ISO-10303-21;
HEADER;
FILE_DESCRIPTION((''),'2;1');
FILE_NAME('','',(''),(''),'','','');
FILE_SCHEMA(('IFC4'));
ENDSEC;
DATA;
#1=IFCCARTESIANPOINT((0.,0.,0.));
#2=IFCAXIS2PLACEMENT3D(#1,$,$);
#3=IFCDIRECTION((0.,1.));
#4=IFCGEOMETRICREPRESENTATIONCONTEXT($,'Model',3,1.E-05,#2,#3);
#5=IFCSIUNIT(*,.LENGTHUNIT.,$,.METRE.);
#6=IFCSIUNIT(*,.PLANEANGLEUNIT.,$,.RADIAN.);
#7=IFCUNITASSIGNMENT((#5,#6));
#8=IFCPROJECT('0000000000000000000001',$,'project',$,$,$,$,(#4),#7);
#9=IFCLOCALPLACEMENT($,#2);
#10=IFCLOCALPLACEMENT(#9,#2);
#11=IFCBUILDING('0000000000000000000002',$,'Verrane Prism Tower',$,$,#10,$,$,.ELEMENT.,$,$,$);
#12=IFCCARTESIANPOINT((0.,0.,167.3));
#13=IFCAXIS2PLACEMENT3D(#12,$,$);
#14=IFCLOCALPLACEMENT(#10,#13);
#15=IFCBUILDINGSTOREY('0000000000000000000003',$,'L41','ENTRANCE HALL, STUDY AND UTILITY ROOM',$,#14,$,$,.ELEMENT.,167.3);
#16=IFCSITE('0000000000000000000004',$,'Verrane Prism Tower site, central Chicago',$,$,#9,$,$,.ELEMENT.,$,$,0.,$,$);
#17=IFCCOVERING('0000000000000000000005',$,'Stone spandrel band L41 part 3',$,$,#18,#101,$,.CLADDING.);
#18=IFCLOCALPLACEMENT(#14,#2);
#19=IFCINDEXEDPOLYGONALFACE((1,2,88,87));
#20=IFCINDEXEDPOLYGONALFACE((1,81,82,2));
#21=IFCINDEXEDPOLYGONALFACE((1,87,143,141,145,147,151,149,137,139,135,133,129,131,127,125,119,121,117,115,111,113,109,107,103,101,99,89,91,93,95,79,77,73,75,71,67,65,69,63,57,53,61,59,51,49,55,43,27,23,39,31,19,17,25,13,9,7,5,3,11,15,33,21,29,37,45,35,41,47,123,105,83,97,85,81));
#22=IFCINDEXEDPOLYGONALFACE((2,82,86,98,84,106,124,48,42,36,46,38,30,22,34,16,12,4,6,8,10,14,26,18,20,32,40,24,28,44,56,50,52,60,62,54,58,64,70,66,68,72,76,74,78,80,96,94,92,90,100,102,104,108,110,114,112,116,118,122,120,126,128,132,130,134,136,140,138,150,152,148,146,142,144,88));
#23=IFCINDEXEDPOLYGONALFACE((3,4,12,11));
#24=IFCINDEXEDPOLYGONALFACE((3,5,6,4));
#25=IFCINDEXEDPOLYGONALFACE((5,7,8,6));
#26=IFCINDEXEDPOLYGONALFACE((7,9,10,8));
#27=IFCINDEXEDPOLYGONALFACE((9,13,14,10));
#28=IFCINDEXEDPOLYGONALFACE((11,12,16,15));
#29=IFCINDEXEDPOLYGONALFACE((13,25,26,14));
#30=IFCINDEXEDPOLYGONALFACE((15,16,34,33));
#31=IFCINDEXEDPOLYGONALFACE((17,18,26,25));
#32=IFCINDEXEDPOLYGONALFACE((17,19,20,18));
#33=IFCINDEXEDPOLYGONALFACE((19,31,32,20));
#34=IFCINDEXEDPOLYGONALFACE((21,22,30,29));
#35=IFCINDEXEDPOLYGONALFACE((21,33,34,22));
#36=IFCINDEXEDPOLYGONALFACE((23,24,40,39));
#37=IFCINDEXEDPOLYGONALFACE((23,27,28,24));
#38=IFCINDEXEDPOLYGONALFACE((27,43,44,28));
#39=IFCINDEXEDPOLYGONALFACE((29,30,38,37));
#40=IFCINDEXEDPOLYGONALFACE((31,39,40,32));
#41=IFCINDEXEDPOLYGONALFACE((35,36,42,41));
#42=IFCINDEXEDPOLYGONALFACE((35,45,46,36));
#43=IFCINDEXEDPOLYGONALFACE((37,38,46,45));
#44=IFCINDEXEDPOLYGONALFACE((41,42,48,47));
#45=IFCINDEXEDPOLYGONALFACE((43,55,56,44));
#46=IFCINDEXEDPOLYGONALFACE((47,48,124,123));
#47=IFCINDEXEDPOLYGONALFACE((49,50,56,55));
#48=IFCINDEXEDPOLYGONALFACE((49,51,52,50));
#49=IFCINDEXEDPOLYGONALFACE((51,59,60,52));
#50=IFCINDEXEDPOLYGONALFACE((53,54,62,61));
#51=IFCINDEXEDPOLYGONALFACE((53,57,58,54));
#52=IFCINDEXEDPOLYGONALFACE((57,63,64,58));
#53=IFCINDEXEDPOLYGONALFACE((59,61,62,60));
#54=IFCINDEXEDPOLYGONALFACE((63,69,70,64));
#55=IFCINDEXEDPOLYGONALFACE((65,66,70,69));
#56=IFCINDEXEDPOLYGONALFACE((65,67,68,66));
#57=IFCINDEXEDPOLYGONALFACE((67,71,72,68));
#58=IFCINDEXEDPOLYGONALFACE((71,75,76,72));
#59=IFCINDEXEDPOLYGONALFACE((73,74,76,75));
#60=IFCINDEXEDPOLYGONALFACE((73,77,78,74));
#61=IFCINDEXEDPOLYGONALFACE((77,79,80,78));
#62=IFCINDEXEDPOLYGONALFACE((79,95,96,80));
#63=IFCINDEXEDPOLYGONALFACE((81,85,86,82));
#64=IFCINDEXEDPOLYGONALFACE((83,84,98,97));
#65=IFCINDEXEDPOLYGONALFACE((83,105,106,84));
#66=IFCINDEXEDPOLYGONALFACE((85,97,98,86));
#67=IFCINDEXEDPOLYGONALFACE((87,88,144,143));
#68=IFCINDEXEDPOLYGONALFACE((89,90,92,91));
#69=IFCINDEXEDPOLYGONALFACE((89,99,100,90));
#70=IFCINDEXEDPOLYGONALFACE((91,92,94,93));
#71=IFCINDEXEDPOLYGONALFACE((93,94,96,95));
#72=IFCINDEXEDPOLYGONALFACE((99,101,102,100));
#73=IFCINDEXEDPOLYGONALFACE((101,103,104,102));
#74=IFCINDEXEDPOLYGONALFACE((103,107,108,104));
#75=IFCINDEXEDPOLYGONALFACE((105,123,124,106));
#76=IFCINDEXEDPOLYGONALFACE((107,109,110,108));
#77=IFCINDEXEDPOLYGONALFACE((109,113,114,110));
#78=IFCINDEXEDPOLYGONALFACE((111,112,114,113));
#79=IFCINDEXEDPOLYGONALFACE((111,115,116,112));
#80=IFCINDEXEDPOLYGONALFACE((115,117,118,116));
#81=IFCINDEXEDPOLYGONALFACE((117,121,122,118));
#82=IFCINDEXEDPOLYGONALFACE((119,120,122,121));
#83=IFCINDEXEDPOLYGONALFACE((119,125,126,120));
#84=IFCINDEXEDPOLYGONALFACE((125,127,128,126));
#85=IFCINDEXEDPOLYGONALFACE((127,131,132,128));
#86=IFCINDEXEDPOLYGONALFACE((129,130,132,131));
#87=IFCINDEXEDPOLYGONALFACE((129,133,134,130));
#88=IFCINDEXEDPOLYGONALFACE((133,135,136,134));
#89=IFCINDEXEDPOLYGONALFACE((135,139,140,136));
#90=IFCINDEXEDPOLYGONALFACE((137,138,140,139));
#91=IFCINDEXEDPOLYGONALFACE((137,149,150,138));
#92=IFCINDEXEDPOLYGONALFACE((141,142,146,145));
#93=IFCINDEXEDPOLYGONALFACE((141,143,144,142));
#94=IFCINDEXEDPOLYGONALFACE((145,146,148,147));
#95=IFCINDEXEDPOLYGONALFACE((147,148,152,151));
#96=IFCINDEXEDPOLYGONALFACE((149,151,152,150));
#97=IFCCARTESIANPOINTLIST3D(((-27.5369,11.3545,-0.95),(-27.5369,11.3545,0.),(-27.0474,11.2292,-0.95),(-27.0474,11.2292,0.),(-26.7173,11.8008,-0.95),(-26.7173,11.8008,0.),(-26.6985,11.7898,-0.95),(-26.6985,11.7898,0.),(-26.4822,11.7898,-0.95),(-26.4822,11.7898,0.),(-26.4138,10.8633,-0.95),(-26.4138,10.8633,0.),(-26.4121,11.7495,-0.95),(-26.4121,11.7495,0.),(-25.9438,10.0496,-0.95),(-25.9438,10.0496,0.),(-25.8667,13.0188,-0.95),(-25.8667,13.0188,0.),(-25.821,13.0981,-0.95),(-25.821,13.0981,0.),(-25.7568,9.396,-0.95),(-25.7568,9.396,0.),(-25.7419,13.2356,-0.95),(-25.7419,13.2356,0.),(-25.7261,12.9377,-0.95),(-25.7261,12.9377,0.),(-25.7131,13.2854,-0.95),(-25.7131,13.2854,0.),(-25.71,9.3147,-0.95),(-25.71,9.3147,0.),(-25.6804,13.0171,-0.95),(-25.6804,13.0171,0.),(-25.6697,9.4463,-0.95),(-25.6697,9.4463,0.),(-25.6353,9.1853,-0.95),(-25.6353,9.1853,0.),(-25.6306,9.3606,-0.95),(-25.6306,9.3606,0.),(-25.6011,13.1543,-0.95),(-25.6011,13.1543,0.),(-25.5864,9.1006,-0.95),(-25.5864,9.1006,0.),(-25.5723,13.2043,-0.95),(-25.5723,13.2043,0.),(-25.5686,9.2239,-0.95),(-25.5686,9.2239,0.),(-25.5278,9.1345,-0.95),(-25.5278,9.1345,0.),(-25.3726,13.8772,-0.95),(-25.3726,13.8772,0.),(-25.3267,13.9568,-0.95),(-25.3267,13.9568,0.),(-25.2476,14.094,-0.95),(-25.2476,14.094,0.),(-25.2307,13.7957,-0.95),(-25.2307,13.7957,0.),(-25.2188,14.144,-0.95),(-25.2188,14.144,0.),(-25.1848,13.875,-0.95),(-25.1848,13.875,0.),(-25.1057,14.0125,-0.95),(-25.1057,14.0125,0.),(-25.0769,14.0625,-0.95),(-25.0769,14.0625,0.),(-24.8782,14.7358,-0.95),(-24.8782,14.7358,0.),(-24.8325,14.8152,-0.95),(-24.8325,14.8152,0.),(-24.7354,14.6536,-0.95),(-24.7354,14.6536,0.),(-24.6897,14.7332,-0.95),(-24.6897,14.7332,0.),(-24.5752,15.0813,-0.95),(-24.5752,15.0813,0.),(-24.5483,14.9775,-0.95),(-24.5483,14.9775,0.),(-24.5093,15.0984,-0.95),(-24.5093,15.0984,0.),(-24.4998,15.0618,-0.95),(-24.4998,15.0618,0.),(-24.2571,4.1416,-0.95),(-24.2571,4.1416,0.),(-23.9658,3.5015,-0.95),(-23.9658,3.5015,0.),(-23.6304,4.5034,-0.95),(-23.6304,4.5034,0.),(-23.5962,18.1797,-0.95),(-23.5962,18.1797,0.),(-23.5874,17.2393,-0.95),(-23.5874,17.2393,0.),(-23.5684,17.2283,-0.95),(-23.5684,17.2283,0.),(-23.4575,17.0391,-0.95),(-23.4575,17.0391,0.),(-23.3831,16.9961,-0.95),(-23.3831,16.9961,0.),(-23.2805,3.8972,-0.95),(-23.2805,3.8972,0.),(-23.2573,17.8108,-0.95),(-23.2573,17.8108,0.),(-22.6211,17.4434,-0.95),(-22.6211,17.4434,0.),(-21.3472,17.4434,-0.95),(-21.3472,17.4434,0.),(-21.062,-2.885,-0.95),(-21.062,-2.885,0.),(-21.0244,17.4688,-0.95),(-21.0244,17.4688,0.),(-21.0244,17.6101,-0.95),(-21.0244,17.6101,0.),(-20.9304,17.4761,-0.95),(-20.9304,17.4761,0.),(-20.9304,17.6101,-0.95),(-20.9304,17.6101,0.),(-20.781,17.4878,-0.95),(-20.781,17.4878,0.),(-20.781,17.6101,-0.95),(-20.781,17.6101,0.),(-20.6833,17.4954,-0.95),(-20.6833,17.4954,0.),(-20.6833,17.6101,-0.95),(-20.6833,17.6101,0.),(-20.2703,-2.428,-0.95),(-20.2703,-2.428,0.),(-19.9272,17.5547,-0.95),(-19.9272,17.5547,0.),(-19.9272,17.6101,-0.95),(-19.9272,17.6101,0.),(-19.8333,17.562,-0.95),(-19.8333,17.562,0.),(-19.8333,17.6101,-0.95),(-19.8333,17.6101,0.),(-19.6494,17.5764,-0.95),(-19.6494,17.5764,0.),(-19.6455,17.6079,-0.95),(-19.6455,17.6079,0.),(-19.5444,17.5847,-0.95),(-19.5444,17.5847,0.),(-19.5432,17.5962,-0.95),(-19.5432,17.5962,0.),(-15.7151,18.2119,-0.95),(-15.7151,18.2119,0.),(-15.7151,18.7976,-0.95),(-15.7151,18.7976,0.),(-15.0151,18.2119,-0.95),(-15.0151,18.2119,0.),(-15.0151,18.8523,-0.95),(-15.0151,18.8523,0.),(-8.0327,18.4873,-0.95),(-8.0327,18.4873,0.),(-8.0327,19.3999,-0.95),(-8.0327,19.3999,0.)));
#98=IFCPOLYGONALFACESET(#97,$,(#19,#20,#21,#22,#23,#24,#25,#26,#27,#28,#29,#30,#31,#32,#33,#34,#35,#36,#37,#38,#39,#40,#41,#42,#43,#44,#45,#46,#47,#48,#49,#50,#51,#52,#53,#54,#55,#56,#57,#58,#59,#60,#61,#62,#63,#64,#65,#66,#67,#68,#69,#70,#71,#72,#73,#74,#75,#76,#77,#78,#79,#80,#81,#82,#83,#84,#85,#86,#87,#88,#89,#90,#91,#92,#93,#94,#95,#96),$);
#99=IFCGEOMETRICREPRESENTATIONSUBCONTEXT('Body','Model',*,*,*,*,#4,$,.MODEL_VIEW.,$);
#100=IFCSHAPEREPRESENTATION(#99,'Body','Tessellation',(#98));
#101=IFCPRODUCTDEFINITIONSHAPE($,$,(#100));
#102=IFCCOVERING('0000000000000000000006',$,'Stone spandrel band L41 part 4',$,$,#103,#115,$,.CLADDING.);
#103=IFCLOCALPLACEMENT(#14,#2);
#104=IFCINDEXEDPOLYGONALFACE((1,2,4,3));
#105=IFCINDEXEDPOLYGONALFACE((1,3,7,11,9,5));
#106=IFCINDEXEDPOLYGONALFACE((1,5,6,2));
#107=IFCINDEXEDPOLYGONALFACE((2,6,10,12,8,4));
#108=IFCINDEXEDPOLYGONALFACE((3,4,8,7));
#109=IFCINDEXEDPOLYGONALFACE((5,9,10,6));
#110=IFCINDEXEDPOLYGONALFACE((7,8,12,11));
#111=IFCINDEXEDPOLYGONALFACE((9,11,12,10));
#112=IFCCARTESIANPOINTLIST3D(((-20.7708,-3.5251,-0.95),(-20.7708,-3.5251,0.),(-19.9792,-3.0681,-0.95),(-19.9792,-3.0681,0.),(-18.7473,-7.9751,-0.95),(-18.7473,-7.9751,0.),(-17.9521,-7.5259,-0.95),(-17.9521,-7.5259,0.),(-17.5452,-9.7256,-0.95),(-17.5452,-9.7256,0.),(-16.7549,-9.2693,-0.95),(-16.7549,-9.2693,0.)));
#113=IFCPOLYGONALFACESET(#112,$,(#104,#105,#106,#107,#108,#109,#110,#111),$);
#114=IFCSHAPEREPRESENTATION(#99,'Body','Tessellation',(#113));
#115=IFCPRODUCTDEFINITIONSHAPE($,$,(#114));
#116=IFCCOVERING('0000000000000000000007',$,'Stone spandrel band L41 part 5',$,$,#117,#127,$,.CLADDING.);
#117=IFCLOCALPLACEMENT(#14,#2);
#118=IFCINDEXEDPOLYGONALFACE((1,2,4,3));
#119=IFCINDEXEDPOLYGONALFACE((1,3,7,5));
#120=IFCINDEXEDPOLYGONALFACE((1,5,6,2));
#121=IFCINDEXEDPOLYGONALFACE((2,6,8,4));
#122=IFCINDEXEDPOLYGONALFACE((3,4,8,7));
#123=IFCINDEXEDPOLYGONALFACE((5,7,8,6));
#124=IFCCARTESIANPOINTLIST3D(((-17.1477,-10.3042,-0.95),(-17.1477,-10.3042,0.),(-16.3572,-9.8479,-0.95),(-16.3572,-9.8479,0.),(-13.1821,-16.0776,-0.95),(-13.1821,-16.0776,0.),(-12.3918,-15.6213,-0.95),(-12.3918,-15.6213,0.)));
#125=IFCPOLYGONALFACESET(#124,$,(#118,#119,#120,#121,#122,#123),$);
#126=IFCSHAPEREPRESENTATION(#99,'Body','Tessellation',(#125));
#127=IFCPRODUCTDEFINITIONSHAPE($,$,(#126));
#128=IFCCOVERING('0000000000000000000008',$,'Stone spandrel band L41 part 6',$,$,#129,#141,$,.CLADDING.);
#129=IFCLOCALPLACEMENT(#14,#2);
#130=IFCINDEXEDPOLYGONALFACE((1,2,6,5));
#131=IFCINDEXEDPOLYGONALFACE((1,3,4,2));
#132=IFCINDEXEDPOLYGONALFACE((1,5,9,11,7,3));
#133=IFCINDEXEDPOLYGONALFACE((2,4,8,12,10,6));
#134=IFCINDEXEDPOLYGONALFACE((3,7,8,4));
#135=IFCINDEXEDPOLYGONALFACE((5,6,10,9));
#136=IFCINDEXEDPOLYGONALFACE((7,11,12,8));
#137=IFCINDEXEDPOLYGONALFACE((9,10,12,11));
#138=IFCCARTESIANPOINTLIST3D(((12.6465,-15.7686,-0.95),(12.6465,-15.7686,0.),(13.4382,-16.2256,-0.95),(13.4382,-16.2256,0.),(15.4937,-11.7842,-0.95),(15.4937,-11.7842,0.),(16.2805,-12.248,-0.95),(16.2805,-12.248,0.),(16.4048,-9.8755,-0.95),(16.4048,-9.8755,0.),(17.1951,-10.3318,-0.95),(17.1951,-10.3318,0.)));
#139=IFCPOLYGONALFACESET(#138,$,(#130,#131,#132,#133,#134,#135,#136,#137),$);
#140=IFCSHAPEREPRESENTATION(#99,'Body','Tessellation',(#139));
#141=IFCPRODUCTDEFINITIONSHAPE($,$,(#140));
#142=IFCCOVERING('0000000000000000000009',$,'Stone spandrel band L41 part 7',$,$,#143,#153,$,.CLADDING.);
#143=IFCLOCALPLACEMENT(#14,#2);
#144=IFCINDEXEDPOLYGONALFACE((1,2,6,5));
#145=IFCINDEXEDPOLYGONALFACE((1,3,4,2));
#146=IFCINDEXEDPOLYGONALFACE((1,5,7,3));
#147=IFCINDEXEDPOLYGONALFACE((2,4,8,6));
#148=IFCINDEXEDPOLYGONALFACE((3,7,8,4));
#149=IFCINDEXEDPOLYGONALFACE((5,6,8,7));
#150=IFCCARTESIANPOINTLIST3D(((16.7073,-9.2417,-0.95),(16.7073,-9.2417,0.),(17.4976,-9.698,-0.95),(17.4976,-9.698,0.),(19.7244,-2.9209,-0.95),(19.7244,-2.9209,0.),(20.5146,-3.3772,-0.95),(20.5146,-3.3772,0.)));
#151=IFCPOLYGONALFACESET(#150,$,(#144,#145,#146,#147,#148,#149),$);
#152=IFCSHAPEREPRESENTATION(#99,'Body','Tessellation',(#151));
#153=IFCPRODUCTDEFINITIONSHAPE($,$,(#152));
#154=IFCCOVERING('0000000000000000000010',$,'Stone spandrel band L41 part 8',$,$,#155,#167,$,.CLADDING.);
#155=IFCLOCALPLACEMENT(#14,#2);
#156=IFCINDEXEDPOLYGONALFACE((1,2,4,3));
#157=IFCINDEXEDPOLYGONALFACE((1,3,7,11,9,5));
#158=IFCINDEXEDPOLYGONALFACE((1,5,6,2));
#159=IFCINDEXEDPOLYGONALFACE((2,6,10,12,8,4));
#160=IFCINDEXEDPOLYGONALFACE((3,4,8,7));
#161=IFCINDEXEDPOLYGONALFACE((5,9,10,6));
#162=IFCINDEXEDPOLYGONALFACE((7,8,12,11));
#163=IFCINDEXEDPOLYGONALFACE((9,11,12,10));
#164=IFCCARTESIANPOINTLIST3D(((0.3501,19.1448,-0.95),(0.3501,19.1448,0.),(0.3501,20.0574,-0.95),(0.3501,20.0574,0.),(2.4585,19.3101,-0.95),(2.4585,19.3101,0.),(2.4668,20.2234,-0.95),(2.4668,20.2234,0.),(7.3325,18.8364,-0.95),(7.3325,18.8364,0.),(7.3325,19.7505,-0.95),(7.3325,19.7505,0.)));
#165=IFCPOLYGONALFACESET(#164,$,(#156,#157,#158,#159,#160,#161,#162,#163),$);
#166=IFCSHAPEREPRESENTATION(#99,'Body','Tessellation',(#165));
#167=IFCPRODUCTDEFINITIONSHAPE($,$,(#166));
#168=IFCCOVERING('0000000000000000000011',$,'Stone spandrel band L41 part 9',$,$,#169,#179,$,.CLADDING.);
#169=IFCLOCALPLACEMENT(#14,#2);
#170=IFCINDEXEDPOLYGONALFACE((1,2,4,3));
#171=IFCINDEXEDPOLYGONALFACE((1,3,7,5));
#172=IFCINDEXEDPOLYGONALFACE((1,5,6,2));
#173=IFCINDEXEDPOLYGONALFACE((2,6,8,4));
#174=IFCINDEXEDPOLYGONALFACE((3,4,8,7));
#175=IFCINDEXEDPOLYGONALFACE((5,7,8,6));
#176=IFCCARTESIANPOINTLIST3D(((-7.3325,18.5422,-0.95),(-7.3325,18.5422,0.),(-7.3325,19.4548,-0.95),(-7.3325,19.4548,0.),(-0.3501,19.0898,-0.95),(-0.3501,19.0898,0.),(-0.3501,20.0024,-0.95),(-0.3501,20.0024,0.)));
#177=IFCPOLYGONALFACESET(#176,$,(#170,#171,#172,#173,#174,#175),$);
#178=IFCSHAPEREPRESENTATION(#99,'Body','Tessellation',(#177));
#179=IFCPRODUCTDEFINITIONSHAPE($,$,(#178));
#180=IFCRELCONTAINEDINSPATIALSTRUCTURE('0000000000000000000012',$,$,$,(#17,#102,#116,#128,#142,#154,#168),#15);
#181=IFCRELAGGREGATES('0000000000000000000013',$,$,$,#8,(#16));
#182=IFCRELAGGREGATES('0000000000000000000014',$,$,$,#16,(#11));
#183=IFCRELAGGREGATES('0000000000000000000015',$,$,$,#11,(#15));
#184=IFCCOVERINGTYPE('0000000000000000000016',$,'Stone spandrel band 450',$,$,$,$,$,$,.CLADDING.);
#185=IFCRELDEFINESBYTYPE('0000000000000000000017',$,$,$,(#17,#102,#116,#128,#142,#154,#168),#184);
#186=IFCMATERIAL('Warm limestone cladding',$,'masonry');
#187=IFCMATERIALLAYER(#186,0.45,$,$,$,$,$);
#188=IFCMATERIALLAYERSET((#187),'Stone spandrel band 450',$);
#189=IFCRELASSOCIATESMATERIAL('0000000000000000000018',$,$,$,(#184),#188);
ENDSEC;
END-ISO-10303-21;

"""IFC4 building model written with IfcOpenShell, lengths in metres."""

from ifc_helpers import new_model, si_unit, direction, frame, origin, place, context, subcontext, project, spatial, polyline, outline, extrude, material, layer, layer_set, type_object, element, save


model = new_model("IFC4")

# Units and contexts
model_context = context("Model", 3, precision=1e-05, world=origin(), true_north=direction((0.0, 1.0)))
body_context = subcontext(model_context, "Body", "Model", "MODEL_VIEW")
ifc_project = project(units=[si_unit("LENGTHUNIT", "METRE"), si_unit("PLANEANGLEUNIT", "RADIAN")], contexts=[model_context])

# Site, building, storey
site_placement = place(None, origin())
site = spatial("IfcSite", under=ifc_project, at=site_placement, Name="Verrane Prism Tower site, central Chicago", CompositionType="ELEMENT", RefElevation=0.0)
building_placement = place(site_placement, origin())
building = spatial("IfcBuilding", under=site, at=building_placement, Name="Verrane Prism Tower", CompositionType="ELEMENT")
storey_placement = place(building_placement, frame((0.0, 0.0, 167.3)))
storey = spatial("IfcBuildingStorey", under=building, at=storey_placement, Name="L41", Description="ENTRANCE HALL, STUDY AND UTILITY ROOM", CompositionType="ELEMENT", Elevation=167.3)

# Coverings
ifc_material_1 = material(Name="Warm limestone cladding", Category="masonry")
ifc_layer_1 = layer(ifc_material_1, 0.45)
ifc_layer_set_1 = layer_set([ifc_layer_1], Name="Stone spandrel band 450")
covering_type = type_object("IfcCoveringType", Name="Stone spandrel band 450", PredefinedType="CLADDING", material=ifc_layer_set_1)
covering_1_placement = place(storey_placement, frame((0.0, 0.0, -0.95)))
element("IfcCovering", 1, at=covering_1_placement, inside=storey, type_object=covering_type, Name="Stone spandrel band L41 part 3", PredefinedType="CLADDING", context=body_context, shape_type="SweptSolid", body=[
    extrude(outline(polyline([(-21.062, -2.885), (-20.2703, -2.428), (-25.5278, 9.1345), (-25.5864, 9.1006), (-25.6353, 9.1853), (-25.5686, 9.2239), (-25.6306, 9.3606), (-25.71, 9.3147), (-25.7568, 9.396), (-25.6697, 9.4463), (-25.9438, 10.0496), (-26.4138, 10.8633), (-27.0474, 11.2292), (-26.7173, 11.8008), (-26.6985, 11.7898), (-26.4822, 11.7898), (-26.4121, 11.7495), (-25.7261, 12.9377), (-25.8667, 13.0188), (-25.821, 13.0981), (-25.6804, 13.0171), (-25.6011, 13.1543), (-25.7419, 13.2356), (-25.7131, 13.2854), (-25.5723, 13.2043), (-25.2307, 13.7957), (-25.3726, 13.8772), (-25.3267, 13.9568), (-25.1848, 13.875), (-25.1057, 14.0125), (-25.2476, 14.094), (-25.2188, 14.144), (-25.0769, 14.0625), (-24.7354, 14.6536), (-24.8782, 14.7358), (-24.8325, 14.8152), (-24.6897, 14.7332), (-24.5483, 14.9775), (-24.5752, 15.0813), (-24.5093, 15.0984), (-24.4998, 15.0618), (-23.3831, 16.9961), (-23.4575, 17.0391), (-23.5684, 17.2283), (-23.5874, 17.2393), (-23.2573, 17.8108), (-22.6211, 17.4434), (-21.3472, 17.4434), (-21.0244, 17.4688), (-21.0244, 17.6101), (-20.9304, 17.6101), (-20.9304, 17.4761), (-20.781, 17.4878), (-20.781, 17.6101), (-20.6833, 17.6101), (-20.6833, 17.4954), (-19.9272, 17.5547), (-19.9272, 17.6101), (-19.8333, 17.6101), (-19.8333, 17.562), (-19.6494, 17.5764), (-19.6455, 17.6079), (-19.5432, 17.5962), (-19.5444, 17.5847), (-8.0327, 18.4873), (-8.0327, 19.3999), (-15.0151, 18.8523), (-15.0151, 18.2119), (-15.7151, 18.2119), (-15.7151, 18.7976), (-23.5962, 18.1797), (-27.5369, 11.3545), (-24.2571, 4.1416), (-23.6304, 4.5034), (-23.2805, 3.8972), (-23.9658, 3.5015), (-21.062, -2.885)])), origin(), (0.0, 0.0, 1.0), 0.95),
])
covering_2_placement = place(storey_placement, frame((0.0, 0.0, -0.95)))
element("IfcCovering", 2, at=covering_2_placement, inside=storey, type_object=covering_type, Name="Stone spandrel band L41 part 4", PredefinedType="CLADDING", context=body_context, shape_type="SweptSolid", body=[
    extrude(outline(polyline([(-17.5452, -9.7256), (-16.7549, -9.2693), (-17.9521, -7.5259), (-19.9792, -3.0681), (-20.7708, -3.5251), (-18.7473, -7.9751), (-17.5452, -9.7256)])), origin(), (0.0, 0.0, 1.0), 0.95),
])
covering_3_placement = place(storey_placement, frame((0.0, 0.0, -0.95)))
element("IfcCovering", 3, at=covering_3_placement, inside=storey, type_object=covering_type, Name="Stone spandrel band L41 part 5", PredefinedType="CLADDING", context=body_context, shape_type="SweptSolid", body=[
    extrude(outline(polyline([(-12.3918, -15.6213), (-16.3572, -9.8479), (-17.1477, -10.3042), (-13.1821, -16.0776), (-12.3918, -15.6213)])), origin(), (0.0, 0.0, 1.0), 0.95),
])
covering_4_placement = place(storey_placement, frame((0.0, 0.0, -0.95)))
element("IfcCovering", 4, at=covering_4_placement, inside=storey, type_object=covering_type, Name="Stone spandrel band L41 part 6", PredefinedType="CLADDING", context=body_context, shape_type="SweptSolid", body=[
    extrude(outline(polyline([(16.4048, -9.8755), (15.4937, -11.7842), (12.6465, -15.7686), (13.4382, -16.2256), (16.2805, -12.248), (17.1951, -10.3318), (16.4048, -9.8755)])), origin(), (0.0, 0.0, 1.0), 0.95),
])
covering_5_placement = place(storey_placement, frame((0.0, 0.0, -0.95)))
element("IfcCovering", 5, at=covering_5_placement, inside=storey, type_object=covering_type, Name="Stone spandrel band L41 part 7", PredefinedType="CLADDING", context=body_context, shape_type="SweptSolid", body=[
    extrude(outline(polyline([(20.5146, -3.3772), (19.7244, -2.9209), (16.7073, -9.2417), (17.4976, -9.698), (20.5146, -3.3772)])), origin(), (0.0, 0.0, 1.0), 0.95),
])
covering_6_placement = place(storey_placement, frame((0.0, 0.0, -0.95)))
element("IfcCovering", 6, at=covering_6_placement, inside=storey, type_object=covering_type, Name="Stone spandrel band L41 part 8", PredefinedType="CLADDING", context=body_context, shape_type="SweptSolid", body=[
    extrude(outline(polyline([(0.3501, 20.0574), (0.3501, 19.1448), (2.4585, 19.3101), (7.3325, 18.8364), (7.3325, 19.7505), (2.4668, 20.2234), (0.3501, 20.0574)])), origin(), (0.0, 0.0, 1.0), 0.95),
])
covering_7_placement = place(storey_placement, frame((0.0, 0.0, -0.95)))
element("IfcCovering", 7, at=covering_7_placement, inside=storey, type_object=covering_type, Name="Stone spandrel band L41 part 9", PredefinedType="CLADDING", context=body_context, shape_type="SweptSolid", body=[
    extrude(outline(polyline([(-7.3325, 18.5422), (-0.3501, 19.0898), (-0.3501, 20.0024), (-7.3325, 19.4548), (-7.3325, 18.5422)])), origin(), (0.0, 0.0, 1.0), 0.95),
])

save(model, "model.ifc")
